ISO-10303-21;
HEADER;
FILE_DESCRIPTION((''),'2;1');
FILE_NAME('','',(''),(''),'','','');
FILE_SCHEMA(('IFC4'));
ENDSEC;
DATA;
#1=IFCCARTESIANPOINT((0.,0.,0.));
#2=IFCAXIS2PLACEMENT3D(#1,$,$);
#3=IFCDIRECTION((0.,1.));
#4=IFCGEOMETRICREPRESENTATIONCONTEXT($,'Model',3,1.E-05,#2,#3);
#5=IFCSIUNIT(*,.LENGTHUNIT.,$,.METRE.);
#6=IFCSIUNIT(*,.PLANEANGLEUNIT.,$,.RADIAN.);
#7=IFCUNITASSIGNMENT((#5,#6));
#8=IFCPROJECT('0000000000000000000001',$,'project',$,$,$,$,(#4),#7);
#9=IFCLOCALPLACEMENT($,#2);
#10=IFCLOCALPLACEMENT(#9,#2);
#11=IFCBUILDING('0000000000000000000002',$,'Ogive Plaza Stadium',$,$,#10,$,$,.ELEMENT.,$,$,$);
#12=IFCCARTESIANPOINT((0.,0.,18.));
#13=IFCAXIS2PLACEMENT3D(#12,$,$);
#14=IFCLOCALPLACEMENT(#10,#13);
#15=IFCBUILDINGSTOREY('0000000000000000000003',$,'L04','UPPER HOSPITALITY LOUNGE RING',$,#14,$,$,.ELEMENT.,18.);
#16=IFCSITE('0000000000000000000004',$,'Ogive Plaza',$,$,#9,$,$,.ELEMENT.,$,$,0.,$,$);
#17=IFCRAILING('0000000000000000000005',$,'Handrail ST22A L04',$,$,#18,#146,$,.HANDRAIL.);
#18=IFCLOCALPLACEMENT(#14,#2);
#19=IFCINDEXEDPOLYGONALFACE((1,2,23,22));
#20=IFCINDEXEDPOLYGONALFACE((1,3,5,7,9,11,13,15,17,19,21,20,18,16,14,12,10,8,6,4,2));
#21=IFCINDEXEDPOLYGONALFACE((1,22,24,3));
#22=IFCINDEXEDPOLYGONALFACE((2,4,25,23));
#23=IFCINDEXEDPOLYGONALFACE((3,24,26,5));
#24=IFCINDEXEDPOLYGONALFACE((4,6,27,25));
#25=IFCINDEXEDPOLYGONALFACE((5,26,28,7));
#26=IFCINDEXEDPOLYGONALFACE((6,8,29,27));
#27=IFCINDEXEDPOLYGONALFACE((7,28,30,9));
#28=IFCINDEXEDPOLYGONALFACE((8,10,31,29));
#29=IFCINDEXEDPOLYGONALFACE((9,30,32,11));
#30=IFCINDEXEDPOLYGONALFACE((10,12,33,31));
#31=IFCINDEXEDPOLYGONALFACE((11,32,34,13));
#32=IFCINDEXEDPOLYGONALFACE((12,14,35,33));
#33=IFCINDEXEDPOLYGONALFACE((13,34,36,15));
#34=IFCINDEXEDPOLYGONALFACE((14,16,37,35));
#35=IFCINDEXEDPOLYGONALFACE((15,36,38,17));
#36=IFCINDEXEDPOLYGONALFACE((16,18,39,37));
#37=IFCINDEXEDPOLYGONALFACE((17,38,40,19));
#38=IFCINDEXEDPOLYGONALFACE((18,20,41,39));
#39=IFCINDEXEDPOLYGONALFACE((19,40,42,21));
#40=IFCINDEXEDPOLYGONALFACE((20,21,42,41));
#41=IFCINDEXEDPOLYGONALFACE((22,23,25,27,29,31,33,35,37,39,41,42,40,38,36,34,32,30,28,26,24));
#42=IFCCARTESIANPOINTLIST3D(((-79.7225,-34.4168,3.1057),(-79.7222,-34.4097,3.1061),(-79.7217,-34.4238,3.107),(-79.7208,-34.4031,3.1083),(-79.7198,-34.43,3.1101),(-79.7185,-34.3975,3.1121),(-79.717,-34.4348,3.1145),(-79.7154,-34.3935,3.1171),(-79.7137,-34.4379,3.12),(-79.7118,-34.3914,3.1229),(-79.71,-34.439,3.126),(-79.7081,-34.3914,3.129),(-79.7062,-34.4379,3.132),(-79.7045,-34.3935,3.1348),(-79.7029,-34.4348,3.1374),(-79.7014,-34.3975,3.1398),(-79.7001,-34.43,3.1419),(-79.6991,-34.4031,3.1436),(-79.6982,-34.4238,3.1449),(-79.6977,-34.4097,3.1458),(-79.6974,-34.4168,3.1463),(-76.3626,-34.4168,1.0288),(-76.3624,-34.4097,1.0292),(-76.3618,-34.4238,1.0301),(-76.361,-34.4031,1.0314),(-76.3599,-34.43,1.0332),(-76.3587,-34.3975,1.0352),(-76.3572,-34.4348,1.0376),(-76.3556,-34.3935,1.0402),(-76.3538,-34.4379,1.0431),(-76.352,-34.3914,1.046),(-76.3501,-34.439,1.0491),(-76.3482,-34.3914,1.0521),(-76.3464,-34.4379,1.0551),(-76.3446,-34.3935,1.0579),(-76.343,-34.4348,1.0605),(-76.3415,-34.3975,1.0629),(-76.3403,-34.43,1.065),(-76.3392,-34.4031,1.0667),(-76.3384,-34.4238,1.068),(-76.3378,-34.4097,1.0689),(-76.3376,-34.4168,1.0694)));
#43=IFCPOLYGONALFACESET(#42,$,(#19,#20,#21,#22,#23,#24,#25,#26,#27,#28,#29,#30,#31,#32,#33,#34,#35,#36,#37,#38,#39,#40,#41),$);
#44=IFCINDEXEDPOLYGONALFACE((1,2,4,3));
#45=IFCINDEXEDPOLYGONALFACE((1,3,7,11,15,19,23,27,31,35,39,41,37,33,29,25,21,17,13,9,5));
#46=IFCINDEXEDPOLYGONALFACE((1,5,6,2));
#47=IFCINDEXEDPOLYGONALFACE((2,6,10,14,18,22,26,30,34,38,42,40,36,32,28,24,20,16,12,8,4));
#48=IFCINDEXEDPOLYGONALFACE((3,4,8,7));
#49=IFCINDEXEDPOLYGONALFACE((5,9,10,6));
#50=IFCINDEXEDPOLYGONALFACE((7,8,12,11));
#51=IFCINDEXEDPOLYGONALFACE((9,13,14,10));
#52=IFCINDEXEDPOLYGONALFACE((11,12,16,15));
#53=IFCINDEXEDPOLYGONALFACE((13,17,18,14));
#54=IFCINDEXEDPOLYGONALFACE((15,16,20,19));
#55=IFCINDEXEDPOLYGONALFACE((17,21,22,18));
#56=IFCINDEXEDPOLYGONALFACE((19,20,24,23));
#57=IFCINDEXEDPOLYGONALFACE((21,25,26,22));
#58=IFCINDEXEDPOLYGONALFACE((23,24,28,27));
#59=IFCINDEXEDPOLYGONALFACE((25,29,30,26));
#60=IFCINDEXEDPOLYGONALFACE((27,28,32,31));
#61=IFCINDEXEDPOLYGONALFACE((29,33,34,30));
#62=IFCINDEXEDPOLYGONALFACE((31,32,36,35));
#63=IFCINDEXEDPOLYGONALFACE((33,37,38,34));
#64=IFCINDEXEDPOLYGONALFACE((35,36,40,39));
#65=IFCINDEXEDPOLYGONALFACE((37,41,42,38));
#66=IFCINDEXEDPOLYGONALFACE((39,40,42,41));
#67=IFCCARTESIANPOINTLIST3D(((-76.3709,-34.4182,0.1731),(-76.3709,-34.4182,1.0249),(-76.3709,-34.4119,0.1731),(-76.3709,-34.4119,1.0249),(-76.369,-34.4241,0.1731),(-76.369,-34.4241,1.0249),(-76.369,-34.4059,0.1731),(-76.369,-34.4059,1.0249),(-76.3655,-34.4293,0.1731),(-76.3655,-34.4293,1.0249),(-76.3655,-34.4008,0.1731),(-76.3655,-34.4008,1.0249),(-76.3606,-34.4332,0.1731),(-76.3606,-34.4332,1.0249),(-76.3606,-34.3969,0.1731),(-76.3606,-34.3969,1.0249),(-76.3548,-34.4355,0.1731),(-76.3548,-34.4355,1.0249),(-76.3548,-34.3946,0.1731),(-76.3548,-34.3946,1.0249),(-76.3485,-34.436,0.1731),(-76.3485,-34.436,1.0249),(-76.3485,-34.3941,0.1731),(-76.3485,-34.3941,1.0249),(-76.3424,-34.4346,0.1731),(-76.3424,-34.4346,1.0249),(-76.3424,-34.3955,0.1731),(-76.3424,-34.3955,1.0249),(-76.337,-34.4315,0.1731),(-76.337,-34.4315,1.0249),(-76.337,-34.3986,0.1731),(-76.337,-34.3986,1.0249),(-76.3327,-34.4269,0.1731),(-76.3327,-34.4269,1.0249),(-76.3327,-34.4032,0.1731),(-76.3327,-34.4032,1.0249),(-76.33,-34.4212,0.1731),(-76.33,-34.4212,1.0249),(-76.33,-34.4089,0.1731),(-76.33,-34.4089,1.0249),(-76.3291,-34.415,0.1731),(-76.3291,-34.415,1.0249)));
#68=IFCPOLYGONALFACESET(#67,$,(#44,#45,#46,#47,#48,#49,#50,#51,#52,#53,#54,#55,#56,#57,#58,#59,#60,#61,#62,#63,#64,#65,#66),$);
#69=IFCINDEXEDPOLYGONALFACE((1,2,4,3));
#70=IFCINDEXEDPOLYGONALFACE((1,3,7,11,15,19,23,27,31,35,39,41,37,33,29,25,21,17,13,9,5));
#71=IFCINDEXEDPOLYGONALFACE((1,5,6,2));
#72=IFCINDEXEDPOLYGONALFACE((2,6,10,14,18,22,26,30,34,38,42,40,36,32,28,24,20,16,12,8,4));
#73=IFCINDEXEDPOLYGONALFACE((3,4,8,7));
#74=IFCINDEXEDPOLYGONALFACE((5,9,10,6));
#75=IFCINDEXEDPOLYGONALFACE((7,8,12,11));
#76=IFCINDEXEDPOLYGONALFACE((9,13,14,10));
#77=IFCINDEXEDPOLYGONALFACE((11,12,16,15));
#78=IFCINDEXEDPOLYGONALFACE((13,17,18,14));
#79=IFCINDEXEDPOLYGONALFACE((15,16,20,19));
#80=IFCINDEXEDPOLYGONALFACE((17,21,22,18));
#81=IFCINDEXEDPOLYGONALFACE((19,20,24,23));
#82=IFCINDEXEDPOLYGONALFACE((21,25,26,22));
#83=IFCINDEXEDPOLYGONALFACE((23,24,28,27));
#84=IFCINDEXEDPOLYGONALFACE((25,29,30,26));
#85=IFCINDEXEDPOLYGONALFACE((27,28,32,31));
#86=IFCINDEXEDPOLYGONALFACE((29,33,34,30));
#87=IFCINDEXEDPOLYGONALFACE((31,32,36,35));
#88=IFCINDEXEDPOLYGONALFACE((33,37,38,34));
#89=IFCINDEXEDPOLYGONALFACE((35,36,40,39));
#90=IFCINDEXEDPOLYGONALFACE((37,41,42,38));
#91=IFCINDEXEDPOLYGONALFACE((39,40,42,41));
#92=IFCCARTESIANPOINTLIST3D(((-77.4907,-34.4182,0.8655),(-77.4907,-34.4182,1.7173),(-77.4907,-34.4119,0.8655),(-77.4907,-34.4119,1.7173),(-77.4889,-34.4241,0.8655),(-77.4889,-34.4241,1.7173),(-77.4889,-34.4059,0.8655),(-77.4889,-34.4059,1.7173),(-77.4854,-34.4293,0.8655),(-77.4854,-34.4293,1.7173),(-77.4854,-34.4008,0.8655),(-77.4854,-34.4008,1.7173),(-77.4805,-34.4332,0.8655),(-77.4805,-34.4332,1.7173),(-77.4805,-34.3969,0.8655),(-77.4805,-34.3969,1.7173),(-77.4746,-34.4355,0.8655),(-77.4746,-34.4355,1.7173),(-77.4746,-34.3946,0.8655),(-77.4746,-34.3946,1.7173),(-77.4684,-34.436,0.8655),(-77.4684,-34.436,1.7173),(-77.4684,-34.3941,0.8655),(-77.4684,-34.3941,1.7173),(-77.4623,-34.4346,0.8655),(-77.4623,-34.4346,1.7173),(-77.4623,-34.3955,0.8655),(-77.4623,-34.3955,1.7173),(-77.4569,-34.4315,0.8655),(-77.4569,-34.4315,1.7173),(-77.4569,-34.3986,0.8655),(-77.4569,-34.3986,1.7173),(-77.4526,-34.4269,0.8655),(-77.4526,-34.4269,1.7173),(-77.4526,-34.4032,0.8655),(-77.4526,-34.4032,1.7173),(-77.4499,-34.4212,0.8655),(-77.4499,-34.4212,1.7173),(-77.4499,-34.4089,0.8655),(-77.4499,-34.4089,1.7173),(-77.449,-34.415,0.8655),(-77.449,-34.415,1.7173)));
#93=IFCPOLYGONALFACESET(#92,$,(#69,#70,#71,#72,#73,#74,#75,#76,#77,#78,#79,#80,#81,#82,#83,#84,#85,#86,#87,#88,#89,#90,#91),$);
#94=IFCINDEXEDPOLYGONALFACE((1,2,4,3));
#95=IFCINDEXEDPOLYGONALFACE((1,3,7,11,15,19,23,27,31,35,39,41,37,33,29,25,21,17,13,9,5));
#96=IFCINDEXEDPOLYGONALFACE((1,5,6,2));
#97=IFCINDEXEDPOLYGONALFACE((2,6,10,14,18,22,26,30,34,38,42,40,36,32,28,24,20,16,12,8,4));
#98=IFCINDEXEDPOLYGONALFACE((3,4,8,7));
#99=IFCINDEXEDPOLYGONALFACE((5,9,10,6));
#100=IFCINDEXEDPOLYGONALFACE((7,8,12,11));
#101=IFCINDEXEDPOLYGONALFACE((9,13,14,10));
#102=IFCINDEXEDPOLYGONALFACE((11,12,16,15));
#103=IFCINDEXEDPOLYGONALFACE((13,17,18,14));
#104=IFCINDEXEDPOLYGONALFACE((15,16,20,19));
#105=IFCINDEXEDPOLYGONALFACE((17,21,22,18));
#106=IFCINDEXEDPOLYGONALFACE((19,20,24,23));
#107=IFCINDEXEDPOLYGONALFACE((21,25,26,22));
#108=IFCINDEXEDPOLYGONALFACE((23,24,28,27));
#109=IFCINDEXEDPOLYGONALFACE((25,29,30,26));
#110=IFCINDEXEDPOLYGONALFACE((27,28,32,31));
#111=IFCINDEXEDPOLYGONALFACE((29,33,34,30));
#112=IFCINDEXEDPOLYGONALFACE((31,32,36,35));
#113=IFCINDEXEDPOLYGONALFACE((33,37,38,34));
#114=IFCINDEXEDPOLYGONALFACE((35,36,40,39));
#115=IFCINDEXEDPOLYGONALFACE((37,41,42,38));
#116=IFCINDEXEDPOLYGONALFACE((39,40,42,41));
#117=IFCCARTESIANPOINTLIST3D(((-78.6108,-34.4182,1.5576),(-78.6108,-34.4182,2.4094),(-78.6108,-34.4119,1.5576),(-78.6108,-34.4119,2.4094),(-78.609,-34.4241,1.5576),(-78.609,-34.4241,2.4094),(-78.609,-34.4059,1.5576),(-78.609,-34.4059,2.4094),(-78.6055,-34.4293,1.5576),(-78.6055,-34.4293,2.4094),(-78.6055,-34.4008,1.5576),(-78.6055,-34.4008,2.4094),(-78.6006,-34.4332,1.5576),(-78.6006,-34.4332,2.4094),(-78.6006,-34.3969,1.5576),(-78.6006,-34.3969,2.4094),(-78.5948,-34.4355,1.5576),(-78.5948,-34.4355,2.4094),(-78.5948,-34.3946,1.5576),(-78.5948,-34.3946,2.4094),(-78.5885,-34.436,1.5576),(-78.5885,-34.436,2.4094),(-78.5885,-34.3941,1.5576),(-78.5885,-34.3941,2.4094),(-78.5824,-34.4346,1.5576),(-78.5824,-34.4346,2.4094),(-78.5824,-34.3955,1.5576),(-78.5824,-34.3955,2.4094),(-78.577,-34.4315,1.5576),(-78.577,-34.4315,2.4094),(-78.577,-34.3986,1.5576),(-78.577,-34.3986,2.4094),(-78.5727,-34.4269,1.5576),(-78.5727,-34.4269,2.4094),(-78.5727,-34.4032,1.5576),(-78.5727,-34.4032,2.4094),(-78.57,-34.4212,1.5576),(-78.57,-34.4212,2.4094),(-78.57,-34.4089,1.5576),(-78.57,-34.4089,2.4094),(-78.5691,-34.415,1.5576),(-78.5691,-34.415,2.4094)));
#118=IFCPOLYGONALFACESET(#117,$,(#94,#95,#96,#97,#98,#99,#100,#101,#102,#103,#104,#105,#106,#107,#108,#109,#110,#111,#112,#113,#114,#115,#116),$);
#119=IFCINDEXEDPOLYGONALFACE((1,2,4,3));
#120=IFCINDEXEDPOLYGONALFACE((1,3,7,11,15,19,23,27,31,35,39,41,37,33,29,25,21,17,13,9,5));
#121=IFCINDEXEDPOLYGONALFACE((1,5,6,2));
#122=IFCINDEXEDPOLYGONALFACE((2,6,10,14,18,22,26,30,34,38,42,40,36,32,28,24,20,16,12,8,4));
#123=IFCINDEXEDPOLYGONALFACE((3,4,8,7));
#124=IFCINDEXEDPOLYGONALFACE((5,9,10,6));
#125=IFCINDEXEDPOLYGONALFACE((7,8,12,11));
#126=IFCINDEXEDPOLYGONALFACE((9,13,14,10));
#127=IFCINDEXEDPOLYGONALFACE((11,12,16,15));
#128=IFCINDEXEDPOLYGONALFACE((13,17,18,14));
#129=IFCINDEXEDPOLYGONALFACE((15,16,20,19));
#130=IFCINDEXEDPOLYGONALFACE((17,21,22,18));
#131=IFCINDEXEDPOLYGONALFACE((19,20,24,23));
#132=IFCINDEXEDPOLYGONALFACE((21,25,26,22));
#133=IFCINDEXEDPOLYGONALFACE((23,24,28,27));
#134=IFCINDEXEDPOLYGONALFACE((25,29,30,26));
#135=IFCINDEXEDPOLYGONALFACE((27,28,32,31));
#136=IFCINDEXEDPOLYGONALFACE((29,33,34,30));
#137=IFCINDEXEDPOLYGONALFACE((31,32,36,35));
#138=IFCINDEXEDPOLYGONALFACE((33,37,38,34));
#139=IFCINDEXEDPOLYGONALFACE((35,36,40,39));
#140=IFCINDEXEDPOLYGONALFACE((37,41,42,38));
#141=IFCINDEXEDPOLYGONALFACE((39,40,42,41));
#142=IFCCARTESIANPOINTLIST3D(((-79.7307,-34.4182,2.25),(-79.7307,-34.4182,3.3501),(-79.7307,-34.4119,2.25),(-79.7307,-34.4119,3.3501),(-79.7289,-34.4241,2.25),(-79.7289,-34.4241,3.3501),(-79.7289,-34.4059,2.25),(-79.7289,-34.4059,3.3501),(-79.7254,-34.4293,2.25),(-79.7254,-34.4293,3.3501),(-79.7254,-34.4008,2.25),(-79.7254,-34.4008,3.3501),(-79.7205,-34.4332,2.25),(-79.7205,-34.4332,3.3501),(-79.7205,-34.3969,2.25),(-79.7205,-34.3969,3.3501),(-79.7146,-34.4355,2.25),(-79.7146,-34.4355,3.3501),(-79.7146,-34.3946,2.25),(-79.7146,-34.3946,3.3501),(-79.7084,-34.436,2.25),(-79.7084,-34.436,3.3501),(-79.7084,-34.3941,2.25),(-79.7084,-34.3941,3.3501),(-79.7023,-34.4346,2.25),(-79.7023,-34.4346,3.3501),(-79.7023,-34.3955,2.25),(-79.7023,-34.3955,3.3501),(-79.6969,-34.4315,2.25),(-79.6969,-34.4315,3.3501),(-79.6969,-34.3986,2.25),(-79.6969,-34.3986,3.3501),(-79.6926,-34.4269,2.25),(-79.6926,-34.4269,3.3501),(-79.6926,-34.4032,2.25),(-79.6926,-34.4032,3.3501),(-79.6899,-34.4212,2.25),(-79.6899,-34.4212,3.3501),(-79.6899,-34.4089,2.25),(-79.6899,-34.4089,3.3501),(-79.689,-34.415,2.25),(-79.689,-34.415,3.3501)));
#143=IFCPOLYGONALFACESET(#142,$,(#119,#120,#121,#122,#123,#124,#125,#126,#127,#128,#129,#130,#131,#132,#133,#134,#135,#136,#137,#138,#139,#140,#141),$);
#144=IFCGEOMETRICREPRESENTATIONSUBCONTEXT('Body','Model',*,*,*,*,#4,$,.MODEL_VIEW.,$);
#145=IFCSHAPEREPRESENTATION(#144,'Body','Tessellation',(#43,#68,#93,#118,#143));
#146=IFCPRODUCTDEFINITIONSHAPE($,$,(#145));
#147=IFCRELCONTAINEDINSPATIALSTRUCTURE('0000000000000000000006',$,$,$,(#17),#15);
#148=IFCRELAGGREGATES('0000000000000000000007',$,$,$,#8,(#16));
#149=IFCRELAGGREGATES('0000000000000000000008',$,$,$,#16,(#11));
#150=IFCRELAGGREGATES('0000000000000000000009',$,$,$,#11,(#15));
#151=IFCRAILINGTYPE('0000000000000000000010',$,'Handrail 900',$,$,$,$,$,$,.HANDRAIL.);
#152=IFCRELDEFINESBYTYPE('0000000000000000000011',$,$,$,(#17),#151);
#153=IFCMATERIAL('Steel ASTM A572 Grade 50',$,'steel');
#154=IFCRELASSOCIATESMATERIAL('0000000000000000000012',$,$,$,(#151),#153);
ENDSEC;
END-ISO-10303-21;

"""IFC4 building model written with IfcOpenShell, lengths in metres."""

from ifc_helpers import new_model, si_unit, direction, frame, origin, origin_2d, place, context, subcontext, project, spatial, circle, extrude, material, type_object, element, save


model = new_model("IFC4")

# Units and contexts
model_context = context("Model", 3, precision=1e-05, world=origin(), true_north=direction((0.0, 1.0)))
body_context = subcontext(model_context, "Body", "Model", "MODEL_VIEW")
ifc_project = project(units=[si_unit("LENGTHUNIT", "METRE"), si_unit("PLANEANGLEUNIT", "RADIAN")], contexts=[model_context])

# Site, building, storey
site_placement = place(None, origin())
site = spatial("IfcSite", under=ifc_project, at=site_placement, Name="Ogive Plaza", CompositionType="ELEMENT", RefElevation=0.0)
building_placement = place(site_placement, origin())
building = spatial("IfcBuilding", under=site, at=building_placement, Name="Ogive Plaza Stadium", CompositionType="ELEMENT")
storey_placement = place(building_placement, frame((0.0, 0.0, 18.0)))
storey = spatial("IfcBuildingStorey", under=building, at=storey_placement, Name="L04", Description="UPPER HOSPITALITY LOUNGE RING", CompositionType="ELEMENT", Elevation=18.0)

# Railing
ifc_material_1 = material(Name="Steel ASTM A572 Grade 50", Category="steel")
railing_type_1 = type_object("IfcRailingType", Name="Handrail 900", PredefinedType="HANDRAIL", material=ifc_material_1)
for number, where, name in (
    (1, (-76.3501, -34.415, 0.1731), "Handrail ST22A L04"),
):
    element("IfcRailing", number, at=place(storey_placement, frame(where)), inside=storey, type_object=railing_type_1, Name=name, PredefinedType="HANDRAIL", context=body_context, shape_type="SweptSolid", body=[
        extrude(circle(Radius=0.0239, at=origin_2d()), frame((0.0, 0.0, 0.876), z_axis=(-0.850606, 0.0, 0.525803), x_axis=(0.0, -1.0, 0.0)), (0.0, 0.0, 1.0), 3.95),
        extrude(circle(Radius=0.021, at=origin_2d()), origin(), (0.0, 0.0, 1.0), 0.8518),
        extrude(circle(Radius=0.021, at=origin_2d()), frame((-1.1199, 0.0, 0.6924)), (0.0, 0.0, 1.0), 0.8518),
        extrude(circle(Radius=0.021, at=origin_2d()), frame((-2.24, 0.0, 1.3845)), (0.0, 0.0, 1.0), 0.8518),
        extrude(circle(Radius=0.021, at=origin_2d()), frame((-3.3599, 0.0, 2.0769)), (0.0, 0.0, 1.0), 1.1001),
    ])

save(model, "model.ifc")
